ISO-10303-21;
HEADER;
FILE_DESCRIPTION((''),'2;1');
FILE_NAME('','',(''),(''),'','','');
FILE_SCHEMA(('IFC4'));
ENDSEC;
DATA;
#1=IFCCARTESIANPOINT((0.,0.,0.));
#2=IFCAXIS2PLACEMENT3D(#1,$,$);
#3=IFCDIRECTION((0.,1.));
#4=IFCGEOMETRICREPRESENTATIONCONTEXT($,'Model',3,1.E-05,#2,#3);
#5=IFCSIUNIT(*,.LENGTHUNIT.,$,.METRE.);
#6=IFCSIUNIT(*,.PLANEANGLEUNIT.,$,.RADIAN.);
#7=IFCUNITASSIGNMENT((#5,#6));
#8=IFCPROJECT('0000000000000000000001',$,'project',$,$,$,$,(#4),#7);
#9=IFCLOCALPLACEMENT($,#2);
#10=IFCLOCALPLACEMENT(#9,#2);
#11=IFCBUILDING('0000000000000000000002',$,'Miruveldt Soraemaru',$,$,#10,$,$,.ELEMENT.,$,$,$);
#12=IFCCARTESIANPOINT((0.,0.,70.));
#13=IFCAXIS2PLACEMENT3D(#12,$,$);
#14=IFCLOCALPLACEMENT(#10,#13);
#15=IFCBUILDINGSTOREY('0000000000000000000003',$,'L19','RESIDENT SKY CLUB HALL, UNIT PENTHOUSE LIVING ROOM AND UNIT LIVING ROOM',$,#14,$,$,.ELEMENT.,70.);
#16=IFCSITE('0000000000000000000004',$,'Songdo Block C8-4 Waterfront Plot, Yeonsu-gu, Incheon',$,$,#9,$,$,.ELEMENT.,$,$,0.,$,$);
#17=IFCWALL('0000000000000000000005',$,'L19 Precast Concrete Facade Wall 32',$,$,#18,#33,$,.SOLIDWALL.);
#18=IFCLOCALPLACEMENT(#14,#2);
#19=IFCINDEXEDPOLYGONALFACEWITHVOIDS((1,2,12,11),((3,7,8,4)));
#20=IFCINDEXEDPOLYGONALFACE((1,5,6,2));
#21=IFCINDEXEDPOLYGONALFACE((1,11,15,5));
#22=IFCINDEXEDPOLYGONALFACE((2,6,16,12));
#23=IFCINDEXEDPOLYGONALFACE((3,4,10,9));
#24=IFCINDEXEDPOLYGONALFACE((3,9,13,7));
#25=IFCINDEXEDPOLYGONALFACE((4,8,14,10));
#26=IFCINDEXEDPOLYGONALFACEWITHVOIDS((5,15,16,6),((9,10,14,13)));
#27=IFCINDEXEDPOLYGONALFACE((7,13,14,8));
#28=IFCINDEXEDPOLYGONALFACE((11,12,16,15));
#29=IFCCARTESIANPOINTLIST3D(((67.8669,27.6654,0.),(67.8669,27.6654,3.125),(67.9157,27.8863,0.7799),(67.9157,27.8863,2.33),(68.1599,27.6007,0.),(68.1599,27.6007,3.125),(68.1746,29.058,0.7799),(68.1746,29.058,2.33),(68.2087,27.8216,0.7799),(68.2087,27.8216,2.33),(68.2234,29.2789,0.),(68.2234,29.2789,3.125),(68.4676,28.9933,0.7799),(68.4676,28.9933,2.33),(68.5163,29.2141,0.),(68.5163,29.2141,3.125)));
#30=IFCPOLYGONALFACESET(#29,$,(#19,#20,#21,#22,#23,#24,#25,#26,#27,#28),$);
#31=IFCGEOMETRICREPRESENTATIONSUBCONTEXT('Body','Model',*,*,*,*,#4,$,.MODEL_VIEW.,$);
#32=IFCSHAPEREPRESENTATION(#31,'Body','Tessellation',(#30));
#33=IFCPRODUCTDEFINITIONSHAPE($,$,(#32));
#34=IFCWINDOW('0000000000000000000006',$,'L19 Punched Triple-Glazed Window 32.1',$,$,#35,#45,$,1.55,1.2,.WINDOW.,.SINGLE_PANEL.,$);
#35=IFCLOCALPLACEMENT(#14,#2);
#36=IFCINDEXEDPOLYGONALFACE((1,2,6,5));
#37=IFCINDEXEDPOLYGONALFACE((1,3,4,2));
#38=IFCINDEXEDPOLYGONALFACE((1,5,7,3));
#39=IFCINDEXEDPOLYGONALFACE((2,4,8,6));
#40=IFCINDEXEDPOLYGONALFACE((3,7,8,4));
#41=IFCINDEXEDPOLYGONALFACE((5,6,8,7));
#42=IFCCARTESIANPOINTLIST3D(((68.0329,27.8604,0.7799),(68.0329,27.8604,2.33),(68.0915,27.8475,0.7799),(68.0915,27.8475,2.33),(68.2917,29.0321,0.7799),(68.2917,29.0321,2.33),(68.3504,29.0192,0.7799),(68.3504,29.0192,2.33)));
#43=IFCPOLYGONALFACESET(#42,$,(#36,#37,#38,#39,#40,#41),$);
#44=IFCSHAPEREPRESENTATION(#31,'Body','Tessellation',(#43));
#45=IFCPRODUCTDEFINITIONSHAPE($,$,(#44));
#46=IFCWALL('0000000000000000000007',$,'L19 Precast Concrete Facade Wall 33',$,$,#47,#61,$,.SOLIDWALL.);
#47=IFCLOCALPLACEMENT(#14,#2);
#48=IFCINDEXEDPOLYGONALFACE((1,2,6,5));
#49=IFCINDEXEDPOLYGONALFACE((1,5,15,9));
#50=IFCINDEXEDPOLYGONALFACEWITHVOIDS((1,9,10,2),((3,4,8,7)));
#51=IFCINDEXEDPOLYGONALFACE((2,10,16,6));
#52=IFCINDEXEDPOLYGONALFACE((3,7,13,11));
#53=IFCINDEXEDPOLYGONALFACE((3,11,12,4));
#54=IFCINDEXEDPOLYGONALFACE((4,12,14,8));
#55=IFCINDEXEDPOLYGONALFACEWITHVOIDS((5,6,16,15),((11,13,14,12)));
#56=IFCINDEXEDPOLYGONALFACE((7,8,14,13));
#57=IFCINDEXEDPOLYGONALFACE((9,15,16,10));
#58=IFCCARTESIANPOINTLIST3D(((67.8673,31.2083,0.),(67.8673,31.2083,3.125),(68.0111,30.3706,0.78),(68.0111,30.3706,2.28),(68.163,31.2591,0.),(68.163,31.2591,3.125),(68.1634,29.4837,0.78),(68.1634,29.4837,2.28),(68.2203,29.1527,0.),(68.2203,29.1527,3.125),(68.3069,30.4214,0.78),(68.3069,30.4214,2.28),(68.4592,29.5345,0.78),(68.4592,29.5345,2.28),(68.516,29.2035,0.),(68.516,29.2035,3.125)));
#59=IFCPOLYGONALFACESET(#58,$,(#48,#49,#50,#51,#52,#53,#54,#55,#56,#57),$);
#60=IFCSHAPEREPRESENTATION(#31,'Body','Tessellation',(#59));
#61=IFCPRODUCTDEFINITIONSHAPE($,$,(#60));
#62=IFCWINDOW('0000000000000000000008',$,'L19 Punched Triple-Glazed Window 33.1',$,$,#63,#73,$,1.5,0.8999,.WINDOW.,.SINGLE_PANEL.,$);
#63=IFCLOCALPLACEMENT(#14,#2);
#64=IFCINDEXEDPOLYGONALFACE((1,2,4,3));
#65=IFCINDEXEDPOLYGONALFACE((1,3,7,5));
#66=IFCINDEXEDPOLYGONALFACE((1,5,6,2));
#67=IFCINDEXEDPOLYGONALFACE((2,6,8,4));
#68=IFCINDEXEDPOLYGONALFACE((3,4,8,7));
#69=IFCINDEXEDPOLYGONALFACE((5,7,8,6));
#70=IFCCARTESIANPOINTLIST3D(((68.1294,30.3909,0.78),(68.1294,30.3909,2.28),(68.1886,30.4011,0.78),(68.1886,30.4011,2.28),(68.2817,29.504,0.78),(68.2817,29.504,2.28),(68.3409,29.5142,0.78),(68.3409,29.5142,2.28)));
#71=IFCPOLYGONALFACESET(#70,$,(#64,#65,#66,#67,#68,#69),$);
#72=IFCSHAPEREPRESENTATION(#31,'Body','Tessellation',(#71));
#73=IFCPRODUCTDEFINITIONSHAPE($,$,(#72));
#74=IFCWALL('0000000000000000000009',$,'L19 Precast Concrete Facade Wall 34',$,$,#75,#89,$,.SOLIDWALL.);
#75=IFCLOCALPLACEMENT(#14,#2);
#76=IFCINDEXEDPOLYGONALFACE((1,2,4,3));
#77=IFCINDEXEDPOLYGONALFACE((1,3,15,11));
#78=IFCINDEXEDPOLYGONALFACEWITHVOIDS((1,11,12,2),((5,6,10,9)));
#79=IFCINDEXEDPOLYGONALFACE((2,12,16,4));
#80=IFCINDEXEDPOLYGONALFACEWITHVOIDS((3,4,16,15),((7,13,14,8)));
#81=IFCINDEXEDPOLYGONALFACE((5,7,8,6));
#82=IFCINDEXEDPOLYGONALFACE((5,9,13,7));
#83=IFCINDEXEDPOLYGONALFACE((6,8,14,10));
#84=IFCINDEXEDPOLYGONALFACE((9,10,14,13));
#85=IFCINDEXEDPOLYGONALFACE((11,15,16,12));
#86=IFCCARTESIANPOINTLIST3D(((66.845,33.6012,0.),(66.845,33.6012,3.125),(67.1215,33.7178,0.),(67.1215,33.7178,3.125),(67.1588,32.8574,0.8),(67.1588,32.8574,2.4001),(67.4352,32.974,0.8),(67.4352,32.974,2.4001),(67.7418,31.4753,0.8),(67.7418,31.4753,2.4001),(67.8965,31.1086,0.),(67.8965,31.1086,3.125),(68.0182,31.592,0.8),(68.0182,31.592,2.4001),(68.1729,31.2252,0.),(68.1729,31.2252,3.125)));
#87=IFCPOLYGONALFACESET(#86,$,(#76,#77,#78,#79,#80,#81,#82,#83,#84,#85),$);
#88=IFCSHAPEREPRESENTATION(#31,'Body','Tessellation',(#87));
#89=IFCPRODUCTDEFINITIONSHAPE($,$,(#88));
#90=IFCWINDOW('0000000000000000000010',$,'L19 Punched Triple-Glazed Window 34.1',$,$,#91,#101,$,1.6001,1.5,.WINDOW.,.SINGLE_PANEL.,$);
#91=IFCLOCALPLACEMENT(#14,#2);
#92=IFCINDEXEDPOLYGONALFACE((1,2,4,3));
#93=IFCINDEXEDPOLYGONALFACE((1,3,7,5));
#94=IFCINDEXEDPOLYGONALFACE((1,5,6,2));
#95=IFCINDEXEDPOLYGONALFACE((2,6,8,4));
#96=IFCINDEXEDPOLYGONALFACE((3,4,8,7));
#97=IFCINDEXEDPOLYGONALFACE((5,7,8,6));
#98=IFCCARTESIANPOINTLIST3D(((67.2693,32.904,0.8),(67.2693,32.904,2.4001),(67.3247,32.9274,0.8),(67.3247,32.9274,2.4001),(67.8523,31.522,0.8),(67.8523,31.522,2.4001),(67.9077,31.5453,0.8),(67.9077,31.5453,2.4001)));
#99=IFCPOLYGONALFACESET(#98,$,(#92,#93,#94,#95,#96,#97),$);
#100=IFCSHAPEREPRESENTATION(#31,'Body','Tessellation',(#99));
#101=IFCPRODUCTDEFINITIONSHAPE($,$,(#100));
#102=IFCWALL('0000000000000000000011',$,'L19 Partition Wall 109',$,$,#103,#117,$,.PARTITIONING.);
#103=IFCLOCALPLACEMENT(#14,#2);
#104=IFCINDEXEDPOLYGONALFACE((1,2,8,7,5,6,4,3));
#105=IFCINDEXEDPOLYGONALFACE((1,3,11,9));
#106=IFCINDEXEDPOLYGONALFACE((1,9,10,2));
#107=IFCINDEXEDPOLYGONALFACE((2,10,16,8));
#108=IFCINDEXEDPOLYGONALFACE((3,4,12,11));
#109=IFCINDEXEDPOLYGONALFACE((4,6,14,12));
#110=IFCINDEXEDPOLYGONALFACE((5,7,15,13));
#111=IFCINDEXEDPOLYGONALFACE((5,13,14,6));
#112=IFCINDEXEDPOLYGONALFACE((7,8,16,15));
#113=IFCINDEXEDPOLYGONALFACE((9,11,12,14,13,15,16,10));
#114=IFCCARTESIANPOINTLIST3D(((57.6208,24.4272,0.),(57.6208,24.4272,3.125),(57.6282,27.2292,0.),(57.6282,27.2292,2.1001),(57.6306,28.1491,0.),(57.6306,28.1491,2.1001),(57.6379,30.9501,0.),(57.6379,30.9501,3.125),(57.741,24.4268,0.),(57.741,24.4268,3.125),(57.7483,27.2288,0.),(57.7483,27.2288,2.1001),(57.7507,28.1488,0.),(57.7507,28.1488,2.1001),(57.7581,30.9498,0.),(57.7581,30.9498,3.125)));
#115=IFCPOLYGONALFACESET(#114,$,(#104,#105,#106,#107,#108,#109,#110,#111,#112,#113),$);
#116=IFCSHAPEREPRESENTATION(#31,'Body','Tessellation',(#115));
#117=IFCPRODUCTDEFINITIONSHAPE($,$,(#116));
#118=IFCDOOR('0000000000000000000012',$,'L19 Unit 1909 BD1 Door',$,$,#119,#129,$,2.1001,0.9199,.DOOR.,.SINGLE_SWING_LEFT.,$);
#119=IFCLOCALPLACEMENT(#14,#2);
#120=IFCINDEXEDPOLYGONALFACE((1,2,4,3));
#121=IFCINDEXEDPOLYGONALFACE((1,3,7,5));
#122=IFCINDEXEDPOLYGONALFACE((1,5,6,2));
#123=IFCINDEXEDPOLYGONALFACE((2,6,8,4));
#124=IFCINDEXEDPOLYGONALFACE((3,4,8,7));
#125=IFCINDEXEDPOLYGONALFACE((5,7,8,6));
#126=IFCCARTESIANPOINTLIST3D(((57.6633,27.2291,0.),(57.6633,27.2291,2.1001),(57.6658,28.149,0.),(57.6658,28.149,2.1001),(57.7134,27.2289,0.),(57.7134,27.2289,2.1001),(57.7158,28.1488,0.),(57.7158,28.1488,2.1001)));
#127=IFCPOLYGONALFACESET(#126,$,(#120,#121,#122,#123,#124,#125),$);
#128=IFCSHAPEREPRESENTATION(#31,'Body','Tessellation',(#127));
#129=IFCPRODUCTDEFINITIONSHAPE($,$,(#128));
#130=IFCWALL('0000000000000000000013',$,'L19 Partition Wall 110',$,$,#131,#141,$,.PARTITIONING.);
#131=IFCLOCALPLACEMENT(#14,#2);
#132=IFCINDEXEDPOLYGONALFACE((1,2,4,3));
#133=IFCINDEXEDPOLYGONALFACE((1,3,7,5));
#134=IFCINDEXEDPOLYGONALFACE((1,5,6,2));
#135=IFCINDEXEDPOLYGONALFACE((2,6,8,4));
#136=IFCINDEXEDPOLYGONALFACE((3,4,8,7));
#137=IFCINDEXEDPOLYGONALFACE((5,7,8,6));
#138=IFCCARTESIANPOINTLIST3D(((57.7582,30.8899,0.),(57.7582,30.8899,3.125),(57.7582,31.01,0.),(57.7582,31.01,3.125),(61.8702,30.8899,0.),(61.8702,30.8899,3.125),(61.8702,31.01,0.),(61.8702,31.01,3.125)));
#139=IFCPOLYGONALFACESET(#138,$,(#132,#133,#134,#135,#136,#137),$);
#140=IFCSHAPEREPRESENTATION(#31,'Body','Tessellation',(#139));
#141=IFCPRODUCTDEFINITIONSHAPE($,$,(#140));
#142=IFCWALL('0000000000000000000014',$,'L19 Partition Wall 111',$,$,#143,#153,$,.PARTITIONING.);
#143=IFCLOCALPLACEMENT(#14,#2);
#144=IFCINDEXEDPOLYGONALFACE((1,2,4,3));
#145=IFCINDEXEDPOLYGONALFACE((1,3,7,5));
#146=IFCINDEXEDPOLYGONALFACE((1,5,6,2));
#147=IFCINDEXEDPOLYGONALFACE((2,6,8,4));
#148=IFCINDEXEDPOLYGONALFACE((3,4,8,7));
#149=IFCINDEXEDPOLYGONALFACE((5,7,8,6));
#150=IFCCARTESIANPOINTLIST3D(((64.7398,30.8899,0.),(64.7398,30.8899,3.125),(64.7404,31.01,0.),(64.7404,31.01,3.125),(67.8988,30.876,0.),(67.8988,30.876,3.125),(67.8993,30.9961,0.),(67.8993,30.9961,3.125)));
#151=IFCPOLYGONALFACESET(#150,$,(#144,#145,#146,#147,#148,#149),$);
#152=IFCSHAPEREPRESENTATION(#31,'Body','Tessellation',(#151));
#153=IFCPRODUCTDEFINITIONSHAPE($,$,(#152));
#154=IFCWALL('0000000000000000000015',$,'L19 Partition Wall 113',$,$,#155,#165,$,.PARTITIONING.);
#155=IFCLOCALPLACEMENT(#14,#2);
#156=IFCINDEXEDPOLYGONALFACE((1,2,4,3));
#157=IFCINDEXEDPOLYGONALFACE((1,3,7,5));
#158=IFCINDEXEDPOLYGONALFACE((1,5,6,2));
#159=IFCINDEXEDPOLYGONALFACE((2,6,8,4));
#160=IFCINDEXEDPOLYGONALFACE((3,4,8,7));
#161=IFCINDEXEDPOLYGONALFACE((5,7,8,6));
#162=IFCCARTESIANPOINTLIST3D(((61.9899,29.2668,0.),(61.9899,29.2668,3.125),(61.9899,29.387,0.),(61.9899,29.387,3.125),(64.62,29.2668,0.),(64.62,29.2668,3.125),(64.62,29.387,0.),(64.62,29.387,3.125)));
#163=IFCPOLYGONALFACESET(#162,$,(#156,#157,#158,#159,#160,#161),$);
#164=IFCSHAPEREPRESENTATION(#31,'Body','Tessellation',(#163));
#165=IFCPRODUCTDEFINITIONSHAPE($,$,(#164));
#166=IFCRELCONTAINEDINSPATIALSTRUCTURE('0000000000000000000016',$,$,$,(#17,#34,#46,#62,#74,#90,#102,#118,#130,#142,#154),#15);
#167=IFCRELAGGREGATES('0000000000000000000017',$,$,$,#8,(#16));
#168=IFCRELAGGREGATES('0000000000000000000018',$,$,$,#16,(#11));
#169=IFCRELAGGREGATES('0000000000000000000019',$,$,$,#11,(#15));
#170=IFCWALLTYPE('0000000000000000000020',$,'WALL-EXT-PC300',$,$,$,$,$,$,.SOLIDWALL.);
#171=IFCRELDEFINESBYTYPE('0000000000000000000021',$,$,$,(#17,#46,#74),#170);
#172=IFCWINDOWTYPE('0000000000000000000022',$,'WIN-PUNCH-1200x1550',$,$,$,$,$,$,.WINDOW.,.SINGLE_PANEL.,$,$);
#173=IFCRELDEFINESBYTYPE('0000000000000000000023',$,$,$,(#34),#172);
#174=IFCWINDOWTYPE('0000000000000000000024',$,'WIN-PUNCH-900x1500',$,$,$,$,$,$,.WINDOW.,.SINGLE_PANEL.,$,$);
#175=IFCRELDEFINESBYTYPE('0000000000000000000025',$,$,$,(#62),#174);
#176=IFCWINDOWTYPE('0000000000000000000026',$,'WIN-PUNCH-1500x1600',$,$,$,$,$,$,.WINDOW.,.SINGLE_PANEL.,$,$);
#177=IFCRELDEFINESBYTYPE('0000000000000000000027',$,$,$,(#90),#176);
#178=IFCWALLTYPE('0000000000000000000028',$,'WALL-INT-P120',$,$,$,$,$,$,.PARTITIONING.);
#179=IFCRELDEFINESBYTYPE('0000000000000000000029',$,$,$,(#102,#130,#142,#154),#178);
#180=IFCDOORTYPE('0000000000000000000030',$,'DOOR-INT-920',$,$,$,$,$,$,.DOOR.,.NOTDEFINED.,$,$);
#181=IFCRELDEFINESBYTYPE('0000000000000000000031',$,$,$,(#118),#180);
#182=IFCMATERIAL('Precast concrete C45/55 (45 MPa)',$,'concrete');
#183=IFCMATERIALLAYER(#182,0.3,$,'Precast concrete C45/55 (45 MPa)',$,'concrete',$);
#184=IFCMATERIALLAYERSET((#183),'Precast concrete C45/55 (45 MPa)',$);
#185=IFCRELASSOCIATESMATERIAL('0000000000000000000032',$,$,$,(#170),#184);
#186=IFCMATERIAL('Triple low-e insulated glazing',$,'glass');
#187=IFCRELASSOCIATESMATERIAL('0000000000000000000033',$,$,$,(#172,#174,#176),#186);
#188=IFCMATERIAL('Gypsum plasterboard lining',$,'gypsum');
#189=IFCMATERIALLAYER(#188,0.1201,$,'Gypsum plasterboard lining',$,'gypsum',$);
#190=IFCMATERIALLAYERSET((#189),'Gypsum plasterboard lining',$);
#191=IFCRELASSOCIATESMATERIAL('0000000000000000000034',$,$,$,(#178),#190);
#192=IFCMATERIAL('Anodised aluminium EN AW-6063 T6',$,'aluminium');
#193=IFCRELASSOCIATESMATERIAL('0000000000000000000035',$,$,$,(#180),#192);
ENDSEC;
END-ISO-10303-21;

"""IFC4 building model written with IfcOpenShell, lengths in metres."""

from ifc_helpers import new_model, si_unit, direction, frame, frame_2d, origin, place, context, subcontext, project, spatial, rectangle, extrude, material, layer, layer_set, type_object, element, fill, save


model = new_model("IFC4")

# Units and contexts
model_context = context("Model", 3, precision=1e-05, world=origin(), true_north=direction((0.0, 1.0)))
body_context = subcontext(model_context, "Body", "Model", "MODEL_VIEW")
ifc_project = project(units=[si_unit("LENGTHUNIT", "METRE"), si_unit("PLANEANGLEUNIT", "RADIAN")], contexts=[model_context])

# Site, building, storey
site_placement = place(None, origin())
site = spatial("IfcSite", under=ifc_project, at=site_placement, Name="Songdo Block C8-4 Waterfront Plot, Yeonsu-gu, Incheon", CompositionType="ELEMENT", RefElevation=0.0)
building_placement = place(site_placement, origin())
building = spatial("IfcBuilding", under=site, at=building_placement, Name="Miruveldt Soraemaru", CompositionType="ELEMENT")
storey_placement = place(building_placement, frame((0.0, 0.0, 70.0)))
storey = spatial("IfcBuildingStorey", under=building, at=storey_placement, Name="L19", Description="RESIDENT SKY CLUB HALL, UNIT PENTHOUSE LIVING ROOM AND UNIT LIVING ROOM", CompositionType="ELEMENT", Elevation=70.0)

# Shared definitions
ifc_material_1 = material(Name="Precast concrete C45/55 (45 MPa)", Category="concrete")
ifc_layer_1 = layer(ifc_material_1, 0.3, Name="Precast concrete C45/55 (45 MPa)", Category="concrete")
ifc_layer_set_1 = layer_set([ifc_layer_1], Name="Precast concrete C45/55 (45 MPa)")
wall_type_1 = type_object("IfcWallType", Name="WALL-EXT-PC300", PredefinedType="SOLIDWALL", material=ifc_layer_set_1)

# Walls, openings, windows
ifc_material_2 = material(Name="Triple low-e insulated glazing", Category="glass")
window_type_1 = type_object("IfcWindowType", Name="WIN-PUNCH-1200x1550", PartitioningType="SINGLE_PANEL", PredefinedType="WINDOW", material=ifc_material_2)
window_type_2 = type_object("IfcWindowType", Name="WIN-PUNCH-900x1500", PartitioningType="SINGLE_PANEL", PredefinedType="WINDOW", material=ifc_material_2)
wall_1_placement = place(storey_placement, frame((68.0134, 27.6331, 0.0), z_axis=(0.0, 0.0, 1.0), x_axis=(0.21571, 0.976457, 0.0)))
wall_1 = element("IfcWall", 1, at=wall_1_placement, inside=storey, type_object=wall_type_1, Name="L19 Precast Concrete Facade Wall 32", PredefinedType="SOLIDWALL", context=body_context, shape_type="SweptSolid", body=[
    extrude(rectangle(XDim=1.6523, YDim=0.3, at=frame_2d((0.8262, 0.0))), origin(), (0.0, 0.0, 1.0), 3.125),
])
opening_1_placement = place(wall_1_placement, frame((0.2261, 0.0, 0.78)))
opening_1 = element("IfcOpeningElement", 2, at=opening_1_placement, cuts=wall_1, PredefinedType="OPENING", context=body_context, shape_type="SweptSolid", body=[
    extrude(rectangle(XDim=1.2, YDim=1.55, at=frame_2d((0.6001, 0.7749))), frame((0.0, 0.1602, 0.0), z_axis=(0.0, -1.0, 0.0), x_axis=(1.0, 0.0, 0.0)), (0.0, 0.0, 1.0), 0.3201),
])
window_1_placement = place(opening_1_placement, origin())
window_1 = element("IfcWindow", 3, at=window_1_placement, inside=storey, type_object=window_type_1, Name="L19 Punched Triple-Glazed Window 32.1", OverallHeight=1.55, OverallWidth=1.2, PartitioningType="SINGLE_PANEL", PredefinedType="WINDOW", context=body_context, shape_type="SweptSolid", body=[
    extrude(rectangle(XDim=1.2, YDim=1.55, at=frame_2d((0.6001, 0.7749))), frame((0.0, 0.03, 0.0), z_axis=(0.0, -1.0, 0.0), x_axis=(1.0, 0.0, 0.0)), (0.0, 0.0, 1.0), 0.0601),
])
fill(opening_1, window_1)
wall_2_placement = place(storey_placement, frame((68.3682, 29.178, 0.0), z_axis=(0.0, 0.0, 1.0), x_axis=(-0.169256, 0.985572, 0.0)))
wall_2 = element("IfcWall", 4, at=wall_2_placement, inside=storey, type_object=wall_type_1, Name="L19 Precast Concrete Facade Wall 33", PredefinedType="SOLIDWALL", context=body_context, shape_type="SweptSolid", body=[
    extrude(rectangle(XDim=2.0857, YDim=0.3, at=frame_2d((1.043, 0.0))), origin(), (0.0, 0.0, 1.0), 3.125),
])
opening_2_placement = place(wall_2_placement, frame((0.3359, 0.0, 0.78)))
opening_2 = element("IfcOpeningElement", 5, at=opening_2_placement, cuts=wall_2, PredefinedType="OPENING", context=body_context, shape_type="SweptSolid", body=[
    extrude(rectangle(XDim=0.8999, YDim=1.5, at=frame_2d((0.45, 0.75))), frame((0.0, 0.1602, 0.0), z_axis=(0.0, -1.0, 0.0), x_axis=(1.0, 0.0, 0.0)), (0.0, 0.0, 1.0), 0.3201),
])
window_2_placement = place(opening_2_placement, origin())
window_2 = element("IfcWindow", 6, at=window_2_placement, inside=storey, type_object=window_type_2, Name="L19 Punched Triple-Glazed Window 33.1", OverallHeight=1.5, OverallWidth=0.8999, PartitioningType="SINGLE_PANEL", PredefinedType="WINDOW", context=body_context, shape_type="SweptSolid", body=[
    extrude(rectangle(XDim=0.8999, YDim=1.5, at=frame_2d((0.45, 0.75))), frame((0.0, 0.03, 0.0), z_axis=(0.0, -1.0, 0.0), x_axis=(1.0, 0.0, 0.0)), (0.0, 0.0, 1.0), 0.0601),
])
fill(opening_2, window_2)
wall_3_placement = place(storey_placement, frame((68.0347, 31.167, 0.0), z_axis=(0.0, 0.0, 1.0), x_axis=(-0.388674, 0.921375, 0.0)))
wall_3 = element("IfcWall", 7, at=wall_3_placement, inside=storey, type_object=wall_type_1, Name="L19 Precast Concrete Facade Wall 34", PredefinedType="SOLIDWALL", context=body_context, shape_type="SweptSolid", body=[
    extrude(rectangle(XDim=2.7053, YDim=0.3, at=frame_2d((1.3525, 0.0))), origin(), (0.0, 0.0, 1.0), 3.125),
])
opening_3_placement = place(wall_3_placement, frame((0.3979, 0.0, 0.8)))
opening_3 = element("IfcOpeningElement", 8, at=opening_3_placement, cuts=wall_3, PredefinedType="OPENING", context=body_context, shape_type="SweptSolid", body=[
    extrude(rectangle(XDim=1.5, YDim=1.6001, at=frame_2d((0.75, 0.8))), frame((0.0, 0.1602, 0.0), z_axis=(0.0, -1.0, 0.0), x_axis=(1.0, 0.0, 0.0)), (0.0, 0.0, 1.0), 0.3201),
])
window_type_3 = type_object("IfcWindowType", Name="WIN-PUNCH-1500x1600", PartitioningType="SINGLE_PANEL", PredefinedType="WINDOW", material=ifc_material_2)
window_3_placement = place(opening_3_placement, origin())
window_3 = element("IfcWindow", 9, at=window_3_placement, inside=storey, type_object=window_type_3, Name="L19 Punched Triple-Glazed Window 34.1", OverallHeight=1.6001, OverallWidth=1.5, PartitioningType="SINGLE_PANEL", PredefinedType="WINDOW", context=body_context, shape_type="SweptSolid", body=[
    extrude(rectangle(XDim=1.5, YDim=1.6001, at=frame_2d((0.75, 0.8))), frame((0.0, 0.03, 0.0), z_axis=(0.0, -1.0, 0.0), x_axis=(1.0, 0.0, 0.0)), (0.0, 0.0, 1.0), 0.0601),
])
fill(opening_3, window_3)

# Wall, opening, door
ifc_material_3 = material(Name="Gypsum plasterboard lining", Category="gypsum")
ifc_layer_2 = layer(ifc_material_3, 0.1201, Name="Gypsum plasterboard lining", Category="gypsum")
ifc_layer_set_2 = layer_set([ifc_layer_2], Name="Gypsum plasterboard lining")
wall_type_2 = type_object("IfcWallType", Name="WALL-INT-P120", PredefinedType="PARTITIONING", material=ifc_layer_set_2)
wall_4_placement = place(storey_placement, frame((57.6809, 24.427, 0.0), z_axis=(0.0, 0.0, 1.0), x_axis=(0.00262, 0.999997, 0.0)))
wall_4 = element("IfcWall", 10, at=wall_4_placement, inside=storey, type_object=wall_type_2, Name="L19 Partition Wall 109", PredefinedType="PARTITIONING", context=body_context, shape_type="SweptSolid", body=[
    extrude(rectangle(XDim=6.5229, YDim=0.1201, at=frame_2d((3.2615, 0.0))), origin(), (0.0, 0.0, 1.0), 3.125),
])
opening_4_placement = place(wall_4_placement, frame((2.802, 0.0, 0.0)))
opening_4 = element("IfcOpeningElement", 11, at=opening_4_placement, cuts=wall_4, PredefinedType="OPENING", context=body_context, shape_type="SweptSolid", body=[
    extrude(rectangle(XDim=0.9199, YDim=2.1001, at=frame_2d((0.46, 1.05))), frame((0.0, 0.0701, 0.0), z_axis=(0.0, -1.0, 0.0), x_axis=(1.0, 0.0, 0.0)), (0.0, 0.0, 1.0), 0.1401),
])
ifc_material_4 = material(Name="Anodised aluminium EN AW-6063 T6", Category="aluminium")
door_type_1 = type_object("IfcDoorType", Name="DOOR-INT-920", OperationType="NOTDEFINED", PredefinedType="DOOR", material=ifc_material_4)
door_1_placement = place(opening_4_placement, origin())
door_1 = element("IfcDoor", 12, at=door_1_placement, inside=storey, type_object=door_type_1, Name="L19 Unit 1909 BD1 Door", OperationType="SINGLE_SWING_LEFT", OverallHeight=2.1001, OverallWidth=0.9199, PredefinedType="DOOR", context=body_context, shape_type="SweptSolid", body=[
    extrude(rectangle(XDim=0.9199, YDim=2.1001, at=frame_2d((0.46, 1.05))), frame((0.0, 0.0249, 0.0), z_axis=(0.0, -1.0, 0.0), x_axis=(1.0, 0.0, 0.0)), (0.0, 0.0, 1.0), 0.05),
])
fill(opening_4, door_1)

# Walls
wall_5_placement = place(storey_placement, frame((57.7581, 30.95, 0.0), z_axis=(0.0, 0.0, 1.0), x_axis=(1.0, 0.0, 0.0)))
element("IfcWall", 13, at=wall_5_placement, inside=storey, type_object=wall_type_2, Name="L19 Partition Wall 110", PredefinedType="PARTITIONING", context=body_context, shape_type="SweptSolid", body=[
    extrude(rectangle(XDim=4.1121, YDim=0.1201, at=frame_2d((2.0562, 0.0))), origin(), (0.0, 0.0, 1.0), 3.125),
])
wall_6_placement = place(storey_placement, frame((64.74, 30.95, 0.0), z_axis=(0.0, 0.0, 1.0), x_axis=(0.99999, -0.004405, 0.0)))
element("IfcWall", 14, at=wall_6_placement, inside=storey, type_object=wall_type_2, Name="L19 Partition Wall 111", PredefinedType="PARTITIONING", context=body_context, shape_type="SweptSolid", body=[
    extrude(rectangle(XDim=3.1589, YDim=0.1201, at=frame_2d((1.5796, 0.0))), origin(), (0.0, 0.0, 1.0), 3.125),
])
wall_7_placement = place(storey_placement, frame((61.99, 29.3269, 0.0), z_axis=(0.0, 0.0, 1.0), x_axis=(1.0, 0.0, 0.0)))
element("IfcWall", 15, at=wall_7_placement, inside=storey, type_object=wall_type_2, Name="L19 Partition Wall 113", PredefinedType="PARTITIONING", context=body_context, shape_type="SweptSolid", body=[
    extrude(rectangle(XDim=2.6301, YDim=0.1201, at=frame_2d((1.3149, 0.0))), origin(), (0.0, 0.0, 1.0), 3.125),
])

save(model, "model.ifc")
